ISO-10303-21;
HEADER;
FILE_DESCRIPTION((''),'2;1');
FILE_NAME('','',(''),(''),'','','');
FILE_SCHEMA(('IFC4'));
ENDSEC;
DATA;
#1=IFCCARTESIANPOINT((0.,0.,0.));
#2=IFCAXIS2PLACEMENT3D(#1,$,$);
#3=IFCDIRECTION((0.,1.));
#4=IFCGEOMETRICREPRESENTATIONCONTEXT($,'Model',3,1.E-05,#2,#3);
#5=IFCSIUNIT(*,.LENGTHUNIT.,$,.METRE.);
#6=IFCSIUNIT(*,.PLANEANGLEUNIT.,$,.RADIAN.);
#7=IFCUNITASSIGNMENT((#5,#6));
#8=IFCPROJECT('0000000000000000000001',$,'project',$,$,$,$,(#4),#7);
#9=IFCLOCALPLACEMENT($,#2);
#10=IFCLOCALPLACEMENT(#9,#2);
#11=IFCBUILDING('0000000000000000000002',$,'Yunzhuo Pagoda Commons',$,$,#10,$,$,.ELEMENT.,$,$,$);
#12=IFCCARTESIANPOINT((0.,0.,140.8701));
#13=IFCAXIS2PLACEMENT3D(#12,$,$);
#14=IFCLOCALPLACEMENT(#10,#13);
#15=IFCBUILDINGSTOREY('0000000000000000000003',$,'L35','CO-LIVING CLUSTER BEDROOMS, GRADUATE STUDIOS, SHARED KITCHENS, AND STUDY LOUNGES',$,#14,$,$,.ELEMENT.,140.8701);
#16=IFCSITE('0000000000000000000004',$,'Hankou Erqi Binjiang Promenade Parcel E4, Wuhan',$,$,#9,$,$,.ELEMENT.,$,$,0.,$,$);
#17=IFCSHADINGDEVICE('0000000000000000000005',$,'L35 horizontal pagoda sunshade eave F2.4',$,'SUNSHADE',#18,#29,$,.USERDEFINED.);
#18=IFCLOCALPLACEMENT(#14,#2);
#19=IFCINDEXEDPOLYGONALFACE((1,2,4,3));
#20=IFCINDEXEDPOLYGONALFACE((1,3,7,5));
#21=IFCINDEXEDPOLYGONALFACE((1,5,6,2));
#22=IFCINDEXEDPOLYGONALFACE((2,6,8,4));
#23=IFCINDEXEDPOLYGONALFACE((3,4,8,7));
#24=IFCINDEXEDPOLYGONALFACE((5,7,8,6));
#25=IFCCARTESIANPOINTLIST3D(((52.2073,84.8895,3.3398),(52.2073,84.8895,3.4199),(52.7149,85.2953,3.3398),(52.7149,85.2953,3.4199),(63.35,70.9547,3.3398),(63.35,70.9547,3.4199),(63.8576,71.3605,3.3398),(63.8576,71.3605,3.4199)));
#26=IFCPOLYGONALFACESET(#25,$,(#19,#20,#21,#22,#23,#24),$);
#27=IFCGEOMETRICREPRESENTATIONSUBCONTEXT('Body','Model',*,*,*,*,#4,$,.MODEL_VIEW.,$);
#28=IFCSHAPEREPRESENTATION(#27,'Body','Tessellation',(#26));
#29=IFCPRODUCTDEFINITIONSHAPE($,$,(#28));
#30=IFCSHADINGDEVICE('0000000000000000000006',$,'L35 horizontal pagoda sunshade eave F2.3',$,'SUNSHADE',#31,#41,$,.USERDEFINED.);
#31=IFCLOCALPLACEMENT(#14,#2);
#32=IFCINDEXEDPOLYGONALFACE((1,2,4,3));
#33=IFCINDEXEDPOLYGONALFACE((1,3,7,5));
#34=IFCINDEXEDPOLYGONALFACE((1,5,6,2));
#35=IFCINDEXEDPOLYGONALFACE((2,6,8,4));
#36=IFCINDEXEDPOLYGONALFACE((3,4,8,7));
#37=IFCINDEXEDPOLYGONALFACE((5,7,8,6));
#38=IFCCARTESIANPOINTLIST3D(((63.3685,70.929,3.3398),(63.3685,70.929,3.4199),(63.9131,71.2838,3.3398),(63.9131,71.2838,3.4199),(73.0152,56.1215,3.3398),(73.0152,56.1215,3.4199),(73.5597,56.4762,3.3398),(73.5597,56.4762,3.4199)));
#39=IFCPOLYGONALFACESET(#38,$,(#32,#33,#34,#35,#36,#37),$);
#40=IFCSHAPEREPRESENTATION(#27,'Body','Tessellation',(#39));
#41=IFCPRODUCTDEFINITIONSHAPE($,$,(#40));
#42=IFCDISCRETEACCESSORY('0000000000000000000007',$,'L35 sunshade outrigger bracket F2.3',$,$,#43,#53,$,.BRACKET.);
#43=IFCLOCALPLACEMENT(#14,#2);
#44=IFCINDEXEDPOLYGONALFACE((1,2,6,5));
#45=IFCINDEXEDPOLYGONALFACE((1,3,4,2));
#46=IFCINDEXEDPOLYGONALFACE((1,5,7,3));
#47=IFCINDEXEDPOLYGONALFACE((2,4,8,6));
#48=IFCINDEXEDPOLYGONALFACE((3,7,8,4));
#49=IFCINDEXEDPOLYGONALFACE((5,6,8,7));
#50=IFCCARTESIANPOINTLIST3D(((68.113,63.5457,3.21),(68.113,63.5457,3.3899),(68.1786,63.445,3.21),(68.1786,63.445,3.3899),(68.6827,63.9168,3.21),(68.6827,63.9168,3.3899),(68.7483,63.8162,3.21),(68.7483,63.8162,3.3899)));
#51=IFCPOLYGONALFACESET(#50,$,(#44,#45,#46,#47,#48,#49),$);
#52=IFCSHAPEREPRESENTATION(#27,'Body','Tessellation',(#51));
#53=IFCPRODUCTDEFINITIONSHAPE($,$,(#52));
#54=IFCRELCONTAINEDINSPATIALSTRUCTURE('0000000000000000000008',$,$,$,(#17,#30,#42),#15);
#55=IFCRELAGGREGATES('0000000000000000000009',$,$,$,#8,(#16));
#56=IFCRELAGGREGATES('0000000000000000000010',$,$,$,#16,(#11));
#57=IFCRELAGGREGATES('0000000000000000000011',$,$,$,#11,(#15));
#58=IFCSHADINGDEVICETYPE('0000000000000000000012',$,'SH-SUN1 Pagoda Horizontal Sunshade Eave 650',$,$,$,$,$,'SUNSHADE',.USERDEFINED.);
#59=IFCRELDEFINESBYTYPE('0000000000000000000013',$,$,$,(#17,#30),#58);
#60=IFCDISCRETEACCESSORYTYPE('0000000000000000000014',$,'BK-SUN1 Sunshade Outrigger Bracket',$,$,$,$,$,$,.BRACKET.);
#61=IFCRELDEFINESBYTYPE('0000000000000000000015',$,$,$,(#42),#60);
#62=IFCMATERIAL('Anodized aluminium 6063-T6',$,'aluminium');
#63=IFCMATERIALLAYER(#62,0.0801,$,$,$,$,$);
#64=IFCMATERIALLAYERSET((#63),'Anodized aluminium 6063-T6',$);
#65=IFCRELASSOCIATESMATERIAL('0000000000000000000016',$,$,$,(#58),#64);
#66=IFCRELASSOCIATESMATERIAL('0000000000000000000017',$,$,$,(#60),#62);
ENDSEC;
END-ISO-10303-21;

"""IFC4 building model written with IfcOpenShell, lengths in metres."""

from ifc_helpers import new_model, si_unit, direction, frame, origin, origin_2d, place, context, subcontext, project, spatial, rectangle, extrude, source, transform, mapped, material, layer, layer_set, type_object, element, save


model = new_model("IFC4")

# Units and contexts
model_context = context("Model", 3, precision=1e-05, world=origin(), true_north=direction((0.0, 1.0)))
body_context = subcontext(model_context, "Body", "Model", "MODEL_VIEW")
ifc_project = project(units=[si_unit("LENGTHUNIT", "METRE"), si_unit("PLANEANGLEUNIT", "RADIAN")], contexts=[model_context])

# Site, building, storey
site_placement = place(None, origin())
site = spatial("IfcSite", under=ifc_project, at=site_placement, Name="Hankou Erqi Binjiang Promenade Parcel E4, Wuhan", CompositionType="ELEMENT", RefElevation=0.0)
building_placement = place(site_placement, origin())
building = spatial("IfcBuilding", under=site, at=building_placement, Name="Yunzhuo Pagoda Commons", CompositionType="ELEMENT")
storey_placement = place(building_placement, frame((0.0, 0.0, 140.8701)))
storey = spatial("IfcBuildingStorey", under=building, at=storey_placement, Name="L35", Description="CO-LIVING CLUSTER BEDROOMS, GRADUATE STUDIOS, SHARED KITCHENS, AND STUDY LOUNGES", CompositionType="ELEMENT", Elevation=140.8701)

# Shared definitions
ifc_material_1 = material(Name="Anodized aluminium 6063-T6", Category="aluminium")

# Shading devices
ifc_layer_1 = layer(ifc_material_1, 0.0801)
ifc_layer_set_1 = layer_set([ifc_layer_1], Name="Anodized aluminium 6063-T6")
shading_device_type = type_object("IfcShadingDeviceType", Name="SH-SUN1 Pagoda Horizontal Sunshade Eave 650", ElementType="SUNSHADE", PredefinedType="USERDEFINED", material=ifc_layer_set_1)
shared_shape_1 = source(origin(), body_context, "Body", "SweptSolid", [
    extrude(rectangle(XDim=17.842, YDim=0.6499, at=origin_2d()), origin(), (0.0, 0.0, 1.0), 0.0801),
])
shading_device_1_placement = place(storey_placement, frame((58.0325, 78.125, 3.3398), z_axis=(0.0, 0.0, 1.0), x_axis=(-0.62452, 0.781008, 0.0)))
element("IfcShadingDevice", 1, at=shading_device_1_placement, inside=storey, type_object=shading_device_type, Name="L35 horizontal pagoda sunshade eave F2.4", ObjectType="SUNSHADE", PredefinedType="USERDEFINED", context=body_context, shape_type="MappedRepresentation", body=[
    mapped(shared_shape_1, transform((0.0, 0.0, 0.0), scale=1.0)),
])
shared_shape_2 = source(origin(), body_context, "Body", "SweptSolid", [
    extrude(rectangle(XDim=17.6726, YDim=0.6499, at=origin_2d()), origin(), (0.0, 0.0, 1.0), 0.0801),
])
shading_device_2_placement = place(storey_placement, frame((68.4641, 63.7026, 3.3398), z_axis=(0.0, 0.0, 1.0), x_axis=(-0.545853, 0.837881, 0.0)))
element("IfcShadingDevice", 2, at=shading_device_2_placement, inside=storey, type_object=shading_device_type, Name="L35 horizontal pagoda sunshade eave F2.3", ObjectType="SUNSHADE", PredefinedType="USERDEFINED", context=body_context, shape_type="MappedRepresentation", body=[
    mapped(shared_shape_2, transform((0.0, 0.0, 0.0), scale=1.0)),
])

# Discrete accessory
discrete_accessory_type = type_object("IfcDiscreteAccessoryType", Name="BK-SUN1 Sunshade Outrigger Bracket", PredefinedType="BRACKET", material=ifc_material_1)
shared_shape_3 = source(origin(), body_context, "Body", "SweptSolid", [
    extrude(rectangle(XDim=0.1201, YDim=0.6799, at=origin_2d()), origin(), (0.0, 0.0, 1.0), 0.1799),
])
discrete_accessory_placement = place(storey_placement, frame((68.4307, 63.6809, 3.21), z_axis=(0.0, 0.0, 1.0), x_axis=(-0.545853, 0.837881, 0.0)))
element("IfcDiscreteAccessory", 3, at=discrete_accessory_placement, inside=storey, type_object=discrete_accessory_type, Name="L35 sunshade outrigger bracket F2.3", PredefinedType="BRACKET", context=body_context, shape_type="MappedRepresentation", body=[
    mapped(shared_shape_3, transform((0.0, 0.0, 0.0), scale=1.0)),
])

save(model, "model.ifc")
